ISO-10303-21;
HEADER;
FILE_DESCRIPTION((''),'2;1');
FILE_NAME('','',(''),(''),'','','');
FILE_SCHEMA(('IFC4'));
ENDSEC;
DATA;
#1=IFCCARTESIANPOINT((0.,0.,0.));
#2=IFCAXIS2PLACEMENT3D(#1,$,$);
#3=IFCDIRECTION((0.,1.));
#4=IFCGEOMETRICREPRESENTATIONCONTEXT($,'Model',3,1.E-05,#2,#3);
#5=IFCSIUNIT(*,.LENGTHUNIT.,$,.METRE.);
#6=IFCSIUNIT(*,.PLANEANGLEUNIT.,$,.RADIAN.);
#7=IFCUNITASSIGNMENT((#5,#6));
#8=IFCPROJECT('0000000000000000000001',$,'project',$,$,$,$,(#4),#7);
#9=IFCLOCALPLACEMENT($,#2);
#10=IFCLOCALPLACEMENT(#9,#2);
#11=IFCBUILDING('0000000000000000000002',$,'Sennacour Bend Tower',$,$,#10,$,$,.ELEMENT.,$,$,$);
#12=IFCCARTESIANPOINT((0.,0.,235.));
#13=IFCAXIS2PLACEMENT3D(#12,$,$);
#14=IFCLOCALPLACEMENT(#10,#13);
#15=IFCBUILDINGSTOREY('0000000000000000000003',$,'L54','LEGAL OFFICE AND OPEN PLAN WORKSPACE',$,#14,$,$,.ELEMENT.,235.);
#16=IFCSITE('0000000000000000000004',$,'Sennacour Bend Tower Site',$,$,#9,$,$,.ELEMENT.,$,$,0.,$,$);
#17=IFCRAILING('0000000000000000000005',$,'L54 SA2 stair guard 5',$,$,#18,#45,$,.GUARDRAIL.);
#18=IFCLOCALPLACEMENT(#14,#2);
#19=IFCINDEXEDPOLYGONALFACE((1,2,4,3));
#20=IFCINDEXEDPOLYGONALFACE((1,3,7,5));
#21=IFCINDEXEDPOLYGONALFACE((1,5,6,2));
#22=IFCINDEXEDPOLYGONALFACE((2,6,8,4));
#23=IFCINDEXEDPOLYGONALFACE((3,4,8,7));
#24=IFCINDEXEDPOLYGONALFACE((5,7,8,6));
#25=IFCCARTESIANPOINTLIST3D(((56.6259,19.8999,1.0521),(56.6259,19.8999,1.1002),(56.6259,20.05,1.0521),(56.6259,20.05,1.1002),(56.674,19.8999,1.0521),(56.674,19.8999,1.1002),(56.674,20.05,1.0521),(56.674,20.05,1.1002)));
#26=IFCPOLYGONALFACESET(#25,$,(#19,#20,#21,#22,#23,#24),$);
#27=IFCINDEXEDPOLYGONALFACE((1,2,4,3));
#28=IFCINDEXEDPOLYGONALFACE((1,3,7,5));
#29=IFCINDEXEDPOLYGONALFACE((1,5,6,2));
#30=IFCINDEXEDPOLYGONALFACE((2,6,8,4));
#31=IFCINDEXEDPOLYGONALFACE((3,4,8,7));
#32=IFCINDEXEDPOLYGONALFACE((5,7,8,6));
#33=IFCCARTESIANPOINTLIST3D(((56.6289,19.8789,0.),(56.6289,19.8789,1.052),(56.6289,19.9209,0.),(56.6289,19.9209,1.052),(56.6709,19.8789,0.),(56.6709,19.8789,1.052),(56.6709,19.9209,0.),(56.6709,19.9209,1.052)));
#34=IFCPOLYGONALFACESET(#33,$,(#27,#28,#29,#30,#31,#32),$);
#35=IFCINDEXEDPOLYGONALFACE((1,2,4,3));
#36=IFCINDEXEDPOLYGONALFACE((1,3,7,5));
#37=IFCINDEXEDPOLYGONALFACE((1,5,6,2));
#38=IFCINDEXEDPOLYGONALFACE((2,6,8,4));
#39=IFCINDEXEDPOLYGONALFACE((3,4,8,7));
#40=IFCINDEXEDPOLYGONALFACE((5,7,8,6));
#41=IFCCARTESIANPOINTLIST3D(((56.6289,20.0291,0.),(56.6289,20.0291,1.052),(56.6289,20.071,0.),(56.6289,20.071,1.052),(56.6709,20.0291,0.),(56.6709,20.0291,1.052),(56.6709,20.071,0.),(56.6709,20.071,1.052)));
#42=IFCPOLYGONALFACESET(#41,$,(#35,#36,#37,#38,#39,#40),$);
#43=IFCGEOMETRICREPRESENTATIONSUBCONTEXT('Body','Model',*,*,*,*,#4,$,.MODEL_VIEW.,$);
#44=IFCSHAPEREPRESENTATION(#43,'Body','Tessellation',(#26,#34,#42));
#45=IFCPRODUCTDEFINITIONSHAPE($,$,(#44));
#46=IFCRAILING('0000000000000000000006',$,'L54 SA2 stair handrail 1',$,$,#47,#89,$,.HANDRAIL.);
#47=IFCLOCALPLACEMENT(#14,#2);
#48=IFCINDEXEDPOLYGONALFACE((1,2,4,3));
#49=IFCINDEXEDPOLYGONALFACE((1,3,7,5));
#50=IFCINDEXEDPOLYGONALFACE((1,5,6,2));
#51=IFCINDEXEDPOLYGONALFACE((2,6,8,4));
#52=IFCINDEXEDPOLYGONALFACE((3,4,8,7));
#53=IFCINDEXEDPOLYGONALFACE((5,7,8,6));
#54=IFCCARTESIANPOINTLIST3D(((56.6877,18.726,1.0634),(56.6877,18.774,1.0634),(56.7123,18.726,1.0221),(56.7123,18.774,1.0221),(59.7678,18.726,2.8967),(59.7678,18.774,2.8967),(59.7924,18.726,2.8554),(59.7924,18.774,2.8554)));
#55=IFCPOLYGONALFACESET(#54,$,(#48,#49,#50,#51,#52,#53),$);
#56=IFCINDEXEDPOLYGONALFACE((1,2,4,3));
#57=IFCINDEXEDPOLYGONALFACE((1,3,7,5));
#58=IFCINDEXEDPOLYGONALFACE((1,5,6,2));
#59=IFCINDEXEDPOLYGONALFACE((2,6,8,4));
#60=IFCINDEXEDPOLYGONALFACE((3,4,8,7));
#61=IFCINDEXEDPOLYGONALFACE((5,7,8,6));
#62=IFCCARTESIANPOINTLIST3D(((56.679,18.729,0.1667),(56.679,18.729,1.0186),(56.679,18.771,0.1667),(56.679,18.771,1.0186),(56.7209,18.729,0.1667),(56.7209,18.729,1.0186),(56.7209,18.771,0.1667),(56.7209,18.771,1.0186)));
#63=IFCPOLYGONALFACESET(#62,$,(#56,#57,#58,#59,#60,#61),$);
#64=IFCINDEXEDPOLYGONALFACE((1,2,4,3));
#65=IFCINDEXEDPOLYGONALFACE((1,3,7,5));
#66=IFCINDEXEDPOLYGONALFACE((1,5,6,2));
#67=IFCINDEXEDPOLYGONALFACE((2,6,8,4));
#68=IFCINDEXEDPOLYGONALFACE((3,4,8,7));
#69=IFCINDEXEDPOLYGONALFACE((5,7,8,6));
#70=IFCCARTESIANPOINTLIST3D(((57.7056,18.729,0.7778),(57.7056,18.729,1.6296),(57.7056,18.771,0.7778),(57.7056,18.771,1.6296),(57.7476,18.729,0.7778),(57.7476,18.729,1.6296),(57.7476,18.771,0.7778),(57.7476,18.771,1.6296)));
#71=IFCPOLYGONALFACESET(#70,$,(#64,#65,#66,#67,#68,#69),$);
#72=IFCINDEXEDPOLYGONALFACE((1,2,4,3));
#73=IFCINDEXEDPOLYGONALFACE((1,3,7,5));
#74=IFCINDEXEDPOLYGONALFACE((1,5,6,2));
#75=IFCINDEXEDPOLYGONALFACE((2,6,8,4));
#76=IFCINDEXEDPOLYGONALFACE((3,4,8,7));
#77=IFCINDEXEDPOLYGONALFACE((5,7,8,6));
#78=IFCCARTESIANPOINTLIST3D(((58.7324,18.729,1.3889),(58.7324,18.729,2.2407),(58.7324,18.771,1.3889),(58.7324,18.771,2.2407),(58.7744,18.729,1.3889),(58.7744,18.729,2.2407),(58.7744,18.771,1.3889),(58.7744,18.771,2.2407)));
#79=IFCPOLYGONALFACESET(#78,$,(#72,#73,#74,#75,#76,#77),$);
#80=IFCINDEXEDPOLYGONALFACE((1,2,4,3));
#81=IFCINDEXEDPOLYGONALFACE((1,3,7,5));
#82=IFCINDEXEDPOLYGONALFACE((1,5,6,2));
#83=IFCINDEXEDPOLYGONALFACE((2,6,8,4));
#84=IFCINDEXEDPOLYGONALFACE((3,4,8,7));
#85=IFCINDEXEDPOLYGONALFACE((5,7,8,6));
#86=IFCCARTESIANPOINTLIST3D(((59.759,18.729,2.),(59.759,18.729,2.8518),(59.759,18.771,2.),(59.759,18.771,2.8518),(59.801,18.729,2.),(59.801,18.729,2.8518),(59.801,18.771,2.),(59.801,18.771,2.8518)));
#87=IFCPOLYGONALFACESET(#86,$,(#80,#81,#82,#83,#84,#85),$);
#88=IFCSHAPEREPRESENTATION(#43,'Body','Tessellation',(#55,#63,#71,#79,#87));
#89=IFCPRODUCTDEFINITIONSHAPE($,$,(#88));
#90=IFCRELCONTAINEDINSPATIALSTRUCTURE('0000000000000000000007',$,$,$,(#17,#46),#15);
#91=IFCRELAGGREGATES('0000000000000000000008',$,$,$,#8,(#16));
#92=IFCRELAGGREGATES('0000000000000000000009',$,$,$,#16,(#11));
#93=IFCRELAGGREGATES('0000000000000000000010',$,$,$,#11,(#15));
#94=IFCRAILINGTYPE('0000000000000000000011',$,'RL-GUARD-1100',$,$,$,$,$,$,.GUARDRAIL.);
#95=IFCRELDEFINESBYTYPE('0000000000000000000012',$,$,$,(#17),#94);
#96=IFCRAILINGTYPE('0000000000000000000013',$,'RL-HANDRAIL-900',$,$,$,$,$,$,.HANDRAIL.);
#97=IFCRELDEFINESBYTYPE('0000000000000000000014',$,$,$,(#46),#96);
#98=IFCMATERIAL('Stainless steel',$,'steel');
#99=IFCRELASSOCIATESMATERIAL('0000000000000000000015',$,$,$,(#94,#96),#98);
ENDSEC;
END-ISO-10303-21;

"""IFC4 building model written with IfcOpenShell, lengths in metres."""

from ifc_helpers import new_model, si_unit, direction, frame, origin, origin_2d, place, context, subcontext, project, spatial, rectangle, extrude, material, type_object, element, save


model = new_model("IFC4")

# Units and contexts
model_context = context("Model", 3, precision=1e-05, world=origin(), true_north=direction((0.0, 1.0)))
body_context = subcontext(model_context, "Body", "Model", "MODEL_VIEW")
ifc_project = project(units=[si_unit("LENGTHUNIT", "METRE"), si_unit("PLANEANGLEUNIT", "RADIAN")], contexts=[model_context])

# Site, building, storey
site_placement = place(None, origin())
site = spatial("IfcSite", under=ifc_project, at=site_placement, Name="Sennacour Bend Tower Site", CompositionType="ELEMENT", RefElevation=0.0)
building_placement = place(site_placement, origin())
building = spatial("IfcBuilding", under=site, at=building_placement, Name="Sennacour Bend Tower", CompositionType="ELEMENT")
storey_placement = place(building_placement, frame((0.0, 0.0, 235.0)))
storey = spatial("IfcBuildingStorey", under=building, at=storey_placement, Name="L54", Description="LEGAL OFFICE AND OPEN PLAN WORKSPACE", CompositionType="ELEMENT", Elevation=235.0)

# Shared definitions
ifc_material_1 = material(Name="Stainless steel", Category="steel")

# Railings
railing_type_1 = type_object("IfcRailingType", Name="RL-GUARD-1100", PredefinedType="GUARDRAIL", material=ifc_material_1)
railing_1_placement = place(storey_placement, frame((56.6499, 19.8999, 0.0)))
element("IfcRailing", 1, at=railing_1_placement, inside=storey, type_object=railing_type_1, Name="L54 SA2 stair guard 5", PredefinedType="GUARDRAIL", context=body_context, shape_type="SweptSolid", body=[
    extrude(rectangle(XDim=0.0481, YDim=0.0481, at=origin_2d()), frame((0.0, 0.0, 1.0762), z_axis=(0.0, 1.0, 0.0), x_axis=(-1.0, 0.0, 0.0)), (0.0, 0.0, 1.0), 0.1501),
    extrude(rectangle(XDim=0.042, YDim=0.042, at=origin_2d()), origin(), (0.0, 0.0, 1.0), 1.052),
    extrude(rectangle(XDim=0.042, YDim=0.042, at=origin_2d()), frame((0.0, 0.1501, 0.0)), (0.0, 0.0, 1.0), 1.052),
])
railing_type_2 = type_object("IfcRailingType", Name="RL-HANDRAIL-900", PredefinedType="HANDRAIL", material=ifc_material_1)
railing_2_placement = place(storey_placement, frame((56.7, 18.75, 0.1667)))
element("IfcRailing", 2, at=railing_2_placement, inside=storey, type_object=railing_type_2, Name="L54 SA2 stair handrail 1", PredefinedType="HANDRAIL", context=body_context, shape_type="SweptSolid", body=[
    extrude(rectangle(XDim=0.0481, YDim=0.0481, at=origin_2d()), frame((0.0, 0.0, 0.876), z_axis=(0.859309, 0.0, 0.511458), x_axis=(0.0, 1.0, 0.0)), (0.0, 0.0, 1.0), 3.5845),
    extrude(rectangle(XDim=0.042, YDim=0.042, at=origin_2d()), origin(), (0.0, 0.0, 1.0), 0.8518),
    extrude(rectangle(XDim=0.042, YDim=0.042, at=origin_2d()), frame((1.0266, 0.0, 0.6111)), (0.0, 0.0, 1.0), 0.8518),
    extrude(rectangle(XDim=0.042, YDim=0.042, at=origin_2d()), frame((2.0535, 0.0, 1.2222)), (0.0, 0.0, 1.0), 0.8518),
    extrude(rectangle(XDim=0.042, YDim=0.042, at=origin_2d()), frame((3.0801, 0.0, 1.8333)), (0.0, 0.0, 1.0), 0.8518),
])

save(model, "model.ifc")
